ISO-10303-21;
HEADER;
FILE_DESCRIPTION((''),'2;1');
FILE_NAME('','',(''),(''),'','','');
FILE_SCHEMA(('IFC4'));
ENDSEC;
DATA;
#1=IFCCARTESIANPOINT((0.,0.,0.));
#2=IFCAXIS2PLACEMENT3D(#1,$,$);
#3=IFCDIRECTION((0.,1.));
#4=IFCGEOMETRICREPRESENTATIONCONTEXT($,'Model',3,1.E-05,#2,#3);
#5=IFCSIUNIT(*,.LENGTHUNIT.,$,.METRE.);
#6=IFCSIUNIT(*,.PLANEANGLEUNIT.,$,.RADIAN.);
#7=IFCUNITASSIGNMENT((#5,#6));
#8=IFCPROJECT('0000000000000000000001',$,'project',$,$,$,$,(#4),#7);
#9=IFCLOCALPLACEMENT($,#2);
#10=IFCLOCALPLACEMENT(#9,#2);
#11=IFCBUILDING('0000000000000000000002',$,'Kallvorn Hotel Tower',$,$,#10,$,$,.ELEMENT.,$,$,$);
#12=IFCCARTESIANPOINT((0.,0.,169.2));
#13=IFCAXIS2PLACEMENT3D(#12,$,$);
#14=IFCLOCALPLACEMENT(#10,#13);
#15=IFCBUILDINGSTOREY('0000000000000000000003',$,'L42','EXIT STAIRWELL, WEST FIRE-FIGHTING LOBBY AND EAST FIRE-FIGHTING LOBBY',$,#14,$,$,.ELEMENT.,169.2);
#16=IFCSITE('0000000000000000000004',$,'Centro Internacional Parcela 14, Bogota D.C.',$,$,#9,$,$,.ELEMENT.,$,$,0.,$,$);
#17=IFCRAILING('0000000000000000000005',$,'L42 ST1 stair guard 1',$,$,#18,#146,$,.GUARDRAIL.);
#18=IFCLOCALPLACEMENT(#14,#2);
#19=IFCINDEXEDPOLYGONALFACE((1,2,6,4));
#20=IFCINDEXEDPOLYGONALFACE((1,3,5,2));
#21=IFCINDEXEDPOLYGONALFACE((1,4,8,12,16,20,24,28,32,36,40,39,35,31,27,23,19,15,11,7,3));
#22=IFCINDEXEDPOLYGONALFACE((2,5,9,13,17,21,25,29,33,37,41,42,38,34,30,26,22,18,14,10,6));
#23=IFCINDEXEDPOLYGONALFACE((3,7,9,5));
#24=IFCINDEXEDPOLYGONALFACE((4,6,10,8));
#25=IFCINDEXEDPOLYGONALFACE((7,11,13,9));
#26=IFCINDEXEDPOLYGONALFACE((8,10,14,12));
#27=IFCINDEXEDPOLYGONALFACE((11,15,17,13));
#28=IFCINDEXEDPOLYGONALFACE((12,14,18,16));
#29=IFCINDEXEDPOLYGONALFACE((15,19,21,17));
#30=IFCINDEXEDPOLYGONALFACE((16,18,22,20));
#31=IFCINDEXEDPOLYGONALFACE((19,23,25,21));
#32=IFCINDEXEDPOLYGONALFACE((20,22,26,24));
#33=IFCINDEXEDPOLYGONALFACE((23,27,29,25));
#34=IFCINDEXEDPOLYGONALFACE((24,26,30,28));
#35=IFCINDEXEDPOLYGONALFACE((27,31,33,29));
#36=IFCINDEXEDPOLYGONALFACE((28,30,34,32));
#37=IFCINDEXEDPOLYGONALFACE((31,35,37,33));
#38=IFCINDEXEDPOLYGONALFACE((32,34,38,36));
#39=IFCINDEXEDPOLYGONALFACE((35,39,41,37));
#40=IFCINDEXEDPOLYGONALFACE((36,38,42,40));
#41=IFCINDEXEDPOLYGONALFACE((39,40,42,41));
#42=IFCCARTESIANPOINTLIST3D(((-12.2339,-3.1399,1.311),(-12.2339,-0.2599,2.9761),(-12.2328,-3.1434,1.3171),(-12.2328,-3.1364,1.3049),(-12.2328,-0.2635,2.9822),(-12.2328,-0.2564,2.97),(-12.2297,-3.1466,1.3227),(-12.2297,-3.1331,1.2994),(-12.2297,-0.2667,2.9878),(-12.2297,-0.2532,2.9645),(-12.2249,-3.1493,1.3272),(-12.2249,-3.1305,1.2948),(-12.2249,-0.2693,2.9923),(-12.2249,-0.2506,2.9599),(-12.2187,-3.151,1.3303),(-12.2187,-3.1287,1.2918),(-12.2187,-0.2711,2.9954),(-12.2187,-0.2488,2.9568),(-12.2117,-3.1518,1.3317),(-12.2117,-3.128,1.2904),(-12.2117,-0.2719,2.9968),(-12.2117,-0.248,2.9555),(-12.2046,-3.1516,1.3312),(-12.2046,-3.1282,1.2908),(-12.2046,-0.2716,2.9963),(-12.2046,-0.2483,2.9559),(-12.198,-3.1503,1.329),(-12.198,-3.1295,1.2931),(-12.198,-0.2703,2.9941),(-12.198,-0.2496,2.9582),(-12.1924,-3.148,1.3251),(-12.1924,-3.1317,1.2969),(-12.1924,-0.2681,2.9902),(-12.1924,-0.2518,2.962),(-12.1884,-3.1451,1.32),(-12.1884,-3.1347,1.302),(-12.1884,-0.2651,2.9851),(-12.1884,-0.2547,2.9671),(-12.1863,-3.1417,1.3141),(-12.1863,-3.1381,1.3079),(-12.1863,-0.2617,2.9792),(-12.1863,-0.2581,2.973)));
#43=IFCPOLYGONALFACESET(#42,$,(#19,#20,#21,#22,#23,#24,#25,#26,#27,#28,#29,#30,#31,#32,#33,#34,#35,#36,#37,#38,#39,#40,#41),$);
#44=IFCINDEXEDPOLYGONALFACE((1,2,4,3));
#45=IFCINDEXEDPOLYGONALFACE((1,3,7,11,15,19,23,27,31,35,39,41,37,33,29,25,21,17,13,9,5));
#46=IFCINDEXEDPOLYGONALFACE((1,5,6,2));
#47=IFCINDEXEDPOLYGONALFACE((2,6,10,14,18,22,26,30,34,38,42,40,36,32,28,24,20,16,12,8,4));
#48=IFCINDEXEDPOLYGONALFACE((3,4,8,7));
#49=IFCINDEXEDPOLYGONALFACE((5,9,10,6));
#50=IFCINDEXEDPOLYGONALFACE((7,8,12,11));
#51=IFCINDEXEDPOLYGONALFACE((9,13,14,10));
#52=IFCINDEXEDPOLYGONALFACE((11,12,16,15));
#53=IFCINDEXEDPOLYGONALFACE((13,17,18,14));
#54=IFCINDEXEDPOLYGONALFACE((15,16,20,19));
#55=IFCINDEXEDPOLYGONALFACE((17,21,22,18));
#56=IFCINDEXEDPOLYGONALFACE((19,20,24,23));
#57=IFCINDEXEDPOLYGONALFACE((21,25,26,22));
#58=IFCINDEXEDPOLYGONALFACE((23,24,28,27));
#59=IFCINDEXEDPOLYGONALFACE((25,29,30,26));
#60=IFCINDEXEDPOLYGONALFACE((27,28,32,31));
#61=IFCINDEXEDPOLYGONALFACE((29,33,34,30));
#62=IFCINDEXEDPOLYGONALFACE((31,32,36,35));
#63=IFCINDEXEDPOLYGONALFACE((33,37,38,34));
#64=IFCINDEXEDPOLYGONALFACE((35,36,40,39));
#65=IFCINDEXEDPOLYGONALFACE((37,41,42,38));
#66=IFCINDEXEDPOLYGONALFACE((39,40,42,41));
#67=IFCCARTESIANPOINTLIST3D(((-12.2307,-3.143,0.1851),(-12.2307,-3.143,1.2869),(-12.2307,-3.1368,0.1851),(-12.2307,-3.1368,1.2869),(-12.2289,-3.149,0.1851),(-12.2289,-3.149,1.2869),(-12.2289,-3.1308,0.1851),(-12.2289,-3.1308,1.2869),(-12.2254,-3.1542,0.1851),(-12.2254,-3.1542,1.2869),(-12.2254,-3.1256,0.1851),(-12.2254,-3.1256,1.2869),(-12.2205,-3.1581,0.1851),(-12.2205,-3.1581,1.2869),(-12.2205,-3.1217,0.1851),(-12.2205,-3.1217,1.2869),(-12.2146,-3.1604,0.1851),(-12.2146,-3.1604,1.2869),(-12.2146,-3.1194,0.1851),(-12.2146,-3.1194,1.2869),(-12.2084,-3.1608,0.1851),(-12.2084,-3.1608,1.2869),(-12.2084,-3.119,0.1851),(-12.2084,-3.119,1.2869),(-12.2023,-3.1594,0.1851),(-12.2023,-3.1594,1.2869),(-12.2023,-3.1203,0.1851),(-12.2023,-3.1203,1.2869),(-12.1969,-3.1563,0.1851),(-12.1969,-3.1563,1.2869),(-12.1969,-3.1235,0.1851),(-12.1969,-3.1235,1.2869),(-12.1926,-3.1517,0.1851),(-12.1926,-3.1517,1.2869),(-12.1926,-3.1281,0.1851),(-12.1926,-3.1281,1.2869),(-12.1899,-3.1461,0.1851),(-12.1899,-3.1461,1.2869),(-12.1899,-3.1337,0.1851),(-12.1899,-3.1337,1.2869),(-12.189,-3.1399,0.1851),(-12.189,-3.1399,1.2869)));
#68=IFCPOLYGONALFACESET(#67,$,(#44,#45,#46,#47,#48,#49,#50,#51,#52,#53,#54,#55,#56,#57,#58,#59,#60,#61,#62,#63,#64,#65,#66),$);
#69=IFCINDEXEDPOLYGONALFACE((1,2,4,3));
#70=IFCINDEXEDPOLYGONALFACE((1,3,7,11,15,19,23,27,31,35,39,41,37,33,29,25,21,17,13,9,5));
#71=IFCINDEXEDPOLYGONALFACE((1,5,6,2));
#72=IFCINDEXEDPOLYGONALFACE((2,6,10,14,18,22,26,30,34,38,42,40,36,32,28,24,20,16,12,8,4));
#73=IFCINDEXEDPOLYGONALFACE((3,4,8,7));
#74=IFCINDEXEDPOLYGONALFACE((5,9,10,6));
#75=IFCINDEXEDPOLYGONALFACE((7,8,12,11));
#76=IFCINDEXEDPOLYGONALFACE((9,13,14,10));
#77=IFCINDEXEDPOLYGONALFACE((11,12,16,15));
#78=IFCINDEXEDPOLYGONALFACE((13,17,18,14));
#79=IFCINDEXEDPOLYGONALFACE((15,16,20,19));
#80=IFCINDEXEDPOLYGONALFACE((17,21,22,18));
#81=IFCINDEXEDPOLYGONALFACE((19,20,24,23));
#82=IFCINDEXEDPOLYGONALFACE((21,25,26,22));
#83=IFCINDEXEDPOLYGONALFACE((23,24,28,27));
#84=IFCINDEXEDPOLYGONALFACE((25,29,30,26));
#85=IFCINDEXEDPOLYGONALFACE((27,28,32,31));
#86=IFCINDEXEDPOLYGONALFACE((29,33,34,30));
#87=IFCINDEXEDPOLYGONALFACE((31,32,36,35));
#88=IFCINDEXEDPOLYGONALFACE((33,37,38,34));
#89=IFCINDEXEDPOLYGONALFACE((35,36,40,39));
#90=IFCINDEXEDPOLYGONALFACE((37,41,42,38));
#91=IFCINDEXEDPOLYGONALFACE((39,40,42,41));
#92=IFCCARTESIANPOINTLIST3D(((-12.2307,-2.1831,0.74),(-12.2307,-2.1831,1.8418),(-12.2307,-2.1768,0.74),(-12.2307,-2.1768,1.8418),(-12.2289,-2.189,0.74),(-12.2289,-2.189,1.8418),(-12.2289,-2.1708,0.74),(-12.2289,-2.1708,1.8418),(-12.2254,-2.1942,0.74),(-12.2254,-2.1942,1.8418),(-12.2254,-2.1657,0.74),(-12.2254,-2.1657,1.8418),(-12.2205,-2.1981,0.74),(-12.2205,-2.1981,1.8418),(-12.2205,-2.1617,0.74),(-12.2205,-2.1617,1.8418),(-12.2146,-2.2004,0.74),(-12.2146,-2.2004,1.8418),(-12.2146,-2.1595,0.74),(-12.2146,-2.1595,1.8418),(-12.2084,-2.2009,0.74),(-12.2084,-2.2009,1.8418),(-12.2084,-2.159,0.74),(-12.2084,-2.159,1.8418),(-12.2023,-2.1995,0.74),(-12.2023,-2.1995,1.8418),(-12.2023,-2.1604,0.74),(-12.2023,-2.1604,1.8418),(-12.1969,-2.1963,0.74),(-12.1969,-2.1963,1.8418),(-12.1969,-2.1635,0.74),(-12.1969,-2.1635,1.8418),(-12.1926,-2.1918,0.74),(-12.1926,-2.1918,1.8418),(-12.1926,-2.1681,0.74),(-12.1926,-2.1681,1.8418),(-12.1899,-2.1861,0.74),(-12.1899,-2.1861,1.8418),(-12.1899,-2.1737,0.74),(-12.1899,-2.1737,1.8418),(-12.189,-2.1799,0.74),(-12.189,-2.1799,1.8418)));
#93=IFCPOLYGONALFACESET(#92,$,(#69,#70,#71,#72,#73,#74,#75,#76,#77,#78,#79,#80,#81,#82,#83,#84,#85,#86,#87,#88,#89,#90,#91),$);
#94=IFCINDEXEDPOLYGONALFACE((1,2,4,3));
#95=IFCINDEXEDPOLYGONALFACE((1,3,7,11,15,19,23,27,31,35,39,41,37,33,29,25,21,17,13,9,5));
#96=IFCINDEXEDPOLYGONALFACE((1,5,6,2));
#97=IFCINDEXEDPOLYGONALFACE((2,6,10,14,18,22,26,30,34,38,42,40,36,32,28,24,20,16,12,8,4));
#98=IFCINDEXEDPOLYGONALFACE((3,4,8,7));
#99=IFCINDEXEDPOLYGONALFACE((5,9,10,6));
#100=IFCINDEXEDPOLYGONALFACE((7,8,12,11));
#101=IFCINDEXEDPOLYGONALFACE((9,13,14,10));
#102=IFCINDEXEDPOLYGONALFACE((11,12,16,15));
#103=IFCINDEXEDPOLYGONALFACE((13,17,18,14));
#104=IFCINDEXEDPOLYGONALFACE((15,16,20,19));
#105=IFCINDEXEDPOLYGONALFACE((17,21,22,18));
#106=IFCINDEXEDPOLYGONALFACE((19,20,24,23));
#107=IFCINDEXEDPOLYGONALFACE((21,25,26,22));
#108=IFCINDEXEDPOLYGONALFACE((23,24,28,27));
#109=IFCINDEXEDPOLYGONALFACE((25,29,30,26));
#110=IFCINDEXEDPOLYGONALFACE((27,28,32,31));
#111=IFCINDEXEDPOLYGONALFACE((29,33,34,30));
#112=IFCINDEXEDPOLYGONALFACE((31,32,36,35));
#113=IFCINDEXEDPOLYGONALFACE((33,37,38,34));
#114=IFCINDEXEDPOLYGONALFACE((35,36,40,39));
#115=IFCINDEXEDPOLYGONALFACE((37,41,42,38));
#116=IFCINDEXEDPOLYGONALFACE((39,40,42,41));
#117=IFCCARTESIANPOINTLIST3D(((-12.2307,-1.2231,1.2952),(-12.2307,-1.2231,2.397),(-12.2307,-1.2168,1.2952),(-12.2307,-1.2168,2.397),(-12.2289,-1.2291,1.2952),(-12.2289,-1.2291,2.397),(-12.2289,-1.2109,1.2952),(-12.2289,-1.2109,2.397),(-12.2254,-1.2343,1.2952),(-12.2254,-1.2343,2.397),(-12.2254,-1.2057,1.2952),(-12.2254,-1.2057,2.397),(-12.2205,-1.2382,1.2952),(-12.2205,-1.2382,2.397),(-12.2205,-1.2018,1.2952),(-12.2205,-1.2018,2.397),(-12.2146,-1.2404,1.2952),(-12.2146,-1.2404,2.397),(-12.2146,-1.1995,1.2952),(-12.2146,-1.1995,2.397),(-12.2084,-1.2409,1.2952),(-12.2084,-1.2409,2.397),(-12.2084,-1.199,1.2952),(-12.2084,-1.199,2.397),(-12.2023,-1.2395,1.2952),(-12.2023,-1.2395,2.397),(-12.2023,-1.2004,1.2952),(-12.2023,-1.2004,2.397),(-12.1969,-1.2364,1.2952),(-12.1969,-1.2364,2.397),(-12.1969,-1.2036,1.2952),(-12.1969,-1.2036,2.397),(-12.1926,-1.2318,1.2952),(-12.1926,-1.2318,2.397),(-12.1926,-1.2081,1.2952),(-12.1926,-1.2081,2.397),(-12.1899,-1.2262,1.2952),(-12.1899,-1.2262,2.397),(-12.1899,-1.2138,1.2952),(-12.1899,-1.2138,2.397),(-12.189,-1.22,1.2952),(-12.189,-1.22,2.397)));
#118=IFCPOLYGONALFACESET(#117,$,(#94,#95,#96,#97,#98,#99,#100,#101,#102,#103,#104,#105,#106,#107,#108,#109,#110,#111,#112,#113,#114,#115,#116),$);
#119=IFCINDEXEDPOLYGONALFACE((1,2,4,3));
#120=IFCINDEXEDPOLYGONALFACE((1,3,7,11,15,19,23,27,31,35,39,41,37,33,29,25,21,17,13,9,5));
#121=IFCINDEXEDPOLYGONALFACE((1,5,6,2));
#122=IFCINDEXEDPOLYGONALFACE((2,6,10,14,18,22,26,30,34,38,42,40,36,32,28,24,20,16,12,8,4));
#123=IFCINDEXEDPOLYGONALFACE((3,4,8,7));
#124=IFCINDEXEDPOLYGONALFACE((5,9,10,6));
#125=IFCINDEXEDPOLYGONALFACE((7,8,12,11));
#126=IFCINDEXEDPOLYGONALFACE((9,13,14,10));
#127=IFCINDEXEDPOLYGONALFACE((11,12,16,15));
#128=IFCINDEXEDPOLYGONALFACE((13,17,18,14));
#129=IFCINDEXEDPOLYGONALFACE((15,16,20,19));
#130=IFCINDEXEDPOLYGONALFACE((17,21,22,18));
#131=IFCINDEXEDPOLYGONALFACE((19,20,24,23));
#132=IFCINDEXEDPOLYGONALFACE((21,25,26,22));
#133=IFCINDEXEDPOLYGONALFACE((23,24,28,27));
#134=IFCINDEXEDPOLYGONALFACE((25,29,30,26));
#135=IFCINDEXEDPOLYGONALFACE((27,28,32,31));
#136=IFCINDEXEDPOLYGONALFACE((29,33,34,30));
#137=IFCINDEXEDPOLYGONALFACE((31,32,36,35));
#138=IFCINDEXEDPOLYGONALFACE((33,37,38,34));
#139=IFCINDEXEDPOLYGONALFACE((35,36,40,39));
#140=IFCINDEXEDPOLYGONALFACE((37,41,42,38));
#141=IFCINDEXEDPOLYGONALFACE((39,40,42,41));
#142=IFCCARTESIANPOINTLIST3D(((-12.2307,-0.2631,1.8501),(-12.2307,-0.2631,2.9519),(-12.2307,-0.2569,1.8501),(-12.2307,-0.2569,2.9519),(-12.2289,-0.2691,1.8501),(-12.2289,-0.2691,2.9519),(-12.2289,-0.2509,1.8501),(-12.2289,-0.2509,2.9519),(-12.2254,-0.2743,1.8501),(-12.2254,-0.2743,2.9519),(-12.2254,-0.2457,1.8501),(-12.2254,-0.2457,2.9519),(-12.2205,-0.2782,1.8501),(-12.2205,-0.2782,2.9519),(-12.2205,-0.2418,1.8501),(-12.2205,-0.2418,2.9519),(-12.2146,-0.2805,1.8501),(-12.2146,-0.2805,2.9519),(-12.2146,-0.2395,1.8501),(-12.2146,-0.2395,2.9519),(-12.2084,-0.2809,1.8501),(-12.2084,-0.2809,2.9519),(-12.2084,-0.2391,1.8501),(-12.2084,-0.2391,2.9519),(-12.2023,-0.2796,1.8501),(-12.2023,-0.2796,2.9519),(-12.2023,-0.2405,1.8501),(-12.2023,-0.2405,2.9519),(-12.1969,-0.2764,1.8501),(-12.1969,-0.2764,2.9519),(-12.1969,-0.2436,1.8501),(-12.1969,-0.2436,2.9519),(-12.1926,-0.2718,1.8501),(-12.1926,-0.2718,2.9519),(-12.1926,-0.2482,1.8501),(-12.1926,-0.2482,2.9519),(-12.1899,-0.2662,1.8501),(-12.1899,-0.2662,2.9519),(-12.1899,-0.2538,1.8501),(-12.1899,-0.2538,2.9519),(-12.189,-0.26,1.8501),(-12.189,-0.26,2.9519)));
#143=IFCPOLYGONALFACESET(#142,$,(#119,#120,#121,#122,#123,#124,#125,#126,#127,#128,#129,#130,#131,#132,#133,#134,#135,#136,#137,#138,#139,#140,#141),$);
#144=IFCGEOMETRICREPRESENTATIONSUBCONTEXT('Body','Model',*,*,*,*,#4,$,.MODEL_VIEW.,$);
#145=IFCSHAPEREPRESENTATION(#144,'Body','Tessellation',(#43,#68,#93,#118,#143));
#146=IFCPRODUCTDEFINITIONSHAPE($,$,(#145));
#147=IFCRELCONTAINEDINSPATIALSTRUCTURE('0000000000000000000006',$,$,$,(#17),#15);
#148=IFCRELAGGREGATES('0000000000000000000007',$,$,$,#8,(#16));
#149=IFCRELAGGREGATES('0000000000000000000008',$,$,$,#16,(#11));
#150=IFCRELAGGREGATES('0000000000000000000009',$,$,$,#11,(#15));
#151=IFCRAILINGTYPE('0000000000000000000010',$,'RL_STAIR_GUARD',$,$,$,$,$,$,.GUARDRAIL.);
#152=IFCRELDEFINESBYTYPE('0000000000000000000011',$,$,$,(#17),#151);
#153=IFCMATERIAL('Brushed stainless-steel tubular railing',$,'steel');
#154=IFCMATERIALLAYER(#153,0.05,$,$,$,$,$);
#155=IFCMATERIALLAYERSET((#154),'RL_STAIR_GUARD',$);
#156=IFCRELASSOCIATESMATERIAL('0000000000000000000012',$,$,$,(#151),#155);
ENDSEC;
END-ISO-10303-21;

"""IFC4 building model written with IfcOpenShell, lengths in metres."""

from ifc_helpers import new_model, si_unit, direction, frame, origin, origin_2d, place, context, subcontext, project, spatial, circle, extrude, material, layer, layer_set, type_object, element, save


model = new_model("IFC4")

# Units and contexts
model_context = context("Model", 3, precision=1e-05, world=origin(), true_north=direction((0.0, 1.0)))
body_context = subcontext(model_context, "Body", "Model", "MODEL_VIEW")
ifc_project = project(units=[si_unit("LENGTHUNIT", "METRE"), si_unit("PLANEANGLEUNIT", "RADIAN")], contexts=[model_context])

# Site, building, storey
site_placement = place(None, origin())
site = spatial("IfcSite", under=ifc_project, at=site_placement, Name="Centro Internacional Parcela 14, Bogota D.C.", CompositionType="ELEMENT", RefElevation=0.0)
building_placement = place(site_placement, origin())
building = spatial("IfcBuilding", under=site, at=building_placement, Name="Kallvorn Hotel Tower", CompositionType="ELEMENT")
storey_placement = place(building_placement, frame((0.0, 0.0, 169.2)))
storey = spatial("IfcBuildingStorey", under=building, at=storey_placement, Name="L42", Description="EXIT STAIRWELL, WEST FIRE-FIGHTING LOBBY AND EAST FIRE-FIGHTING LOBBY", CompositionType="ELEMENT", Elevation=169.2)

# Railing
ifc_material_1 = material(Name="Brushed stainless-steel tubular railing", Category="steel")
ifc_layer_1 = layer(ifc_material_1, 0.05)
ifc_layer_set_1 = layer_set([ifc_layer_1], Name="RL_STAIR_GUARD")
railing_type = type_object("IfcRailingType", Name="RL_STAIR_GUARD", PredefinedType="GUARDRAIL", material=ifc_layer_set_1)
railing_placement = place(storey_placement, frame((-12.21, -3.1399, 0.1851)))
element("IfcRailing", 1, at=railing_placement, inside=storey, type_object=railing_type, Name="L42 ST1 stair guard 1", PredefinedType="GUARDRAIL", context=body_context, shape_type="SweptSolid", body=[
    extrude(circle(Radius=0.0239, at=origin_2d()), frame((0.0, 0.0, 1.126), z_axis=(0.0, 0.865721, 0.500527), x_axis=(-1.0, 0.0, 0.0)), (0.0, 0.0, 1.0), 3.3267),
    extrude(circle(Radius=0.021, at=origin_2d()), origin(), (0.0, 0.0, 1.0), 1.1018),
    extrude(circle(Radius=0.021, at=origin_2d()), frame((0.0, 0.96, 0.5549)), (0.0, 0.0, 1.0), 1.1018),
    extrude(circle(Radius=0.021, at=origin_2d()), frame((0.0, 1.9199, 1.1101)), (0.0, 0.0, 1.0), 1.1018),
    extrude(circle(Radius=0.021, at=origin_2d()), frame((0.0, 2.8799, 1.665)), (0.0, 0.0, 1.0), 1.1018),
])

save(model, "model.ifc")
